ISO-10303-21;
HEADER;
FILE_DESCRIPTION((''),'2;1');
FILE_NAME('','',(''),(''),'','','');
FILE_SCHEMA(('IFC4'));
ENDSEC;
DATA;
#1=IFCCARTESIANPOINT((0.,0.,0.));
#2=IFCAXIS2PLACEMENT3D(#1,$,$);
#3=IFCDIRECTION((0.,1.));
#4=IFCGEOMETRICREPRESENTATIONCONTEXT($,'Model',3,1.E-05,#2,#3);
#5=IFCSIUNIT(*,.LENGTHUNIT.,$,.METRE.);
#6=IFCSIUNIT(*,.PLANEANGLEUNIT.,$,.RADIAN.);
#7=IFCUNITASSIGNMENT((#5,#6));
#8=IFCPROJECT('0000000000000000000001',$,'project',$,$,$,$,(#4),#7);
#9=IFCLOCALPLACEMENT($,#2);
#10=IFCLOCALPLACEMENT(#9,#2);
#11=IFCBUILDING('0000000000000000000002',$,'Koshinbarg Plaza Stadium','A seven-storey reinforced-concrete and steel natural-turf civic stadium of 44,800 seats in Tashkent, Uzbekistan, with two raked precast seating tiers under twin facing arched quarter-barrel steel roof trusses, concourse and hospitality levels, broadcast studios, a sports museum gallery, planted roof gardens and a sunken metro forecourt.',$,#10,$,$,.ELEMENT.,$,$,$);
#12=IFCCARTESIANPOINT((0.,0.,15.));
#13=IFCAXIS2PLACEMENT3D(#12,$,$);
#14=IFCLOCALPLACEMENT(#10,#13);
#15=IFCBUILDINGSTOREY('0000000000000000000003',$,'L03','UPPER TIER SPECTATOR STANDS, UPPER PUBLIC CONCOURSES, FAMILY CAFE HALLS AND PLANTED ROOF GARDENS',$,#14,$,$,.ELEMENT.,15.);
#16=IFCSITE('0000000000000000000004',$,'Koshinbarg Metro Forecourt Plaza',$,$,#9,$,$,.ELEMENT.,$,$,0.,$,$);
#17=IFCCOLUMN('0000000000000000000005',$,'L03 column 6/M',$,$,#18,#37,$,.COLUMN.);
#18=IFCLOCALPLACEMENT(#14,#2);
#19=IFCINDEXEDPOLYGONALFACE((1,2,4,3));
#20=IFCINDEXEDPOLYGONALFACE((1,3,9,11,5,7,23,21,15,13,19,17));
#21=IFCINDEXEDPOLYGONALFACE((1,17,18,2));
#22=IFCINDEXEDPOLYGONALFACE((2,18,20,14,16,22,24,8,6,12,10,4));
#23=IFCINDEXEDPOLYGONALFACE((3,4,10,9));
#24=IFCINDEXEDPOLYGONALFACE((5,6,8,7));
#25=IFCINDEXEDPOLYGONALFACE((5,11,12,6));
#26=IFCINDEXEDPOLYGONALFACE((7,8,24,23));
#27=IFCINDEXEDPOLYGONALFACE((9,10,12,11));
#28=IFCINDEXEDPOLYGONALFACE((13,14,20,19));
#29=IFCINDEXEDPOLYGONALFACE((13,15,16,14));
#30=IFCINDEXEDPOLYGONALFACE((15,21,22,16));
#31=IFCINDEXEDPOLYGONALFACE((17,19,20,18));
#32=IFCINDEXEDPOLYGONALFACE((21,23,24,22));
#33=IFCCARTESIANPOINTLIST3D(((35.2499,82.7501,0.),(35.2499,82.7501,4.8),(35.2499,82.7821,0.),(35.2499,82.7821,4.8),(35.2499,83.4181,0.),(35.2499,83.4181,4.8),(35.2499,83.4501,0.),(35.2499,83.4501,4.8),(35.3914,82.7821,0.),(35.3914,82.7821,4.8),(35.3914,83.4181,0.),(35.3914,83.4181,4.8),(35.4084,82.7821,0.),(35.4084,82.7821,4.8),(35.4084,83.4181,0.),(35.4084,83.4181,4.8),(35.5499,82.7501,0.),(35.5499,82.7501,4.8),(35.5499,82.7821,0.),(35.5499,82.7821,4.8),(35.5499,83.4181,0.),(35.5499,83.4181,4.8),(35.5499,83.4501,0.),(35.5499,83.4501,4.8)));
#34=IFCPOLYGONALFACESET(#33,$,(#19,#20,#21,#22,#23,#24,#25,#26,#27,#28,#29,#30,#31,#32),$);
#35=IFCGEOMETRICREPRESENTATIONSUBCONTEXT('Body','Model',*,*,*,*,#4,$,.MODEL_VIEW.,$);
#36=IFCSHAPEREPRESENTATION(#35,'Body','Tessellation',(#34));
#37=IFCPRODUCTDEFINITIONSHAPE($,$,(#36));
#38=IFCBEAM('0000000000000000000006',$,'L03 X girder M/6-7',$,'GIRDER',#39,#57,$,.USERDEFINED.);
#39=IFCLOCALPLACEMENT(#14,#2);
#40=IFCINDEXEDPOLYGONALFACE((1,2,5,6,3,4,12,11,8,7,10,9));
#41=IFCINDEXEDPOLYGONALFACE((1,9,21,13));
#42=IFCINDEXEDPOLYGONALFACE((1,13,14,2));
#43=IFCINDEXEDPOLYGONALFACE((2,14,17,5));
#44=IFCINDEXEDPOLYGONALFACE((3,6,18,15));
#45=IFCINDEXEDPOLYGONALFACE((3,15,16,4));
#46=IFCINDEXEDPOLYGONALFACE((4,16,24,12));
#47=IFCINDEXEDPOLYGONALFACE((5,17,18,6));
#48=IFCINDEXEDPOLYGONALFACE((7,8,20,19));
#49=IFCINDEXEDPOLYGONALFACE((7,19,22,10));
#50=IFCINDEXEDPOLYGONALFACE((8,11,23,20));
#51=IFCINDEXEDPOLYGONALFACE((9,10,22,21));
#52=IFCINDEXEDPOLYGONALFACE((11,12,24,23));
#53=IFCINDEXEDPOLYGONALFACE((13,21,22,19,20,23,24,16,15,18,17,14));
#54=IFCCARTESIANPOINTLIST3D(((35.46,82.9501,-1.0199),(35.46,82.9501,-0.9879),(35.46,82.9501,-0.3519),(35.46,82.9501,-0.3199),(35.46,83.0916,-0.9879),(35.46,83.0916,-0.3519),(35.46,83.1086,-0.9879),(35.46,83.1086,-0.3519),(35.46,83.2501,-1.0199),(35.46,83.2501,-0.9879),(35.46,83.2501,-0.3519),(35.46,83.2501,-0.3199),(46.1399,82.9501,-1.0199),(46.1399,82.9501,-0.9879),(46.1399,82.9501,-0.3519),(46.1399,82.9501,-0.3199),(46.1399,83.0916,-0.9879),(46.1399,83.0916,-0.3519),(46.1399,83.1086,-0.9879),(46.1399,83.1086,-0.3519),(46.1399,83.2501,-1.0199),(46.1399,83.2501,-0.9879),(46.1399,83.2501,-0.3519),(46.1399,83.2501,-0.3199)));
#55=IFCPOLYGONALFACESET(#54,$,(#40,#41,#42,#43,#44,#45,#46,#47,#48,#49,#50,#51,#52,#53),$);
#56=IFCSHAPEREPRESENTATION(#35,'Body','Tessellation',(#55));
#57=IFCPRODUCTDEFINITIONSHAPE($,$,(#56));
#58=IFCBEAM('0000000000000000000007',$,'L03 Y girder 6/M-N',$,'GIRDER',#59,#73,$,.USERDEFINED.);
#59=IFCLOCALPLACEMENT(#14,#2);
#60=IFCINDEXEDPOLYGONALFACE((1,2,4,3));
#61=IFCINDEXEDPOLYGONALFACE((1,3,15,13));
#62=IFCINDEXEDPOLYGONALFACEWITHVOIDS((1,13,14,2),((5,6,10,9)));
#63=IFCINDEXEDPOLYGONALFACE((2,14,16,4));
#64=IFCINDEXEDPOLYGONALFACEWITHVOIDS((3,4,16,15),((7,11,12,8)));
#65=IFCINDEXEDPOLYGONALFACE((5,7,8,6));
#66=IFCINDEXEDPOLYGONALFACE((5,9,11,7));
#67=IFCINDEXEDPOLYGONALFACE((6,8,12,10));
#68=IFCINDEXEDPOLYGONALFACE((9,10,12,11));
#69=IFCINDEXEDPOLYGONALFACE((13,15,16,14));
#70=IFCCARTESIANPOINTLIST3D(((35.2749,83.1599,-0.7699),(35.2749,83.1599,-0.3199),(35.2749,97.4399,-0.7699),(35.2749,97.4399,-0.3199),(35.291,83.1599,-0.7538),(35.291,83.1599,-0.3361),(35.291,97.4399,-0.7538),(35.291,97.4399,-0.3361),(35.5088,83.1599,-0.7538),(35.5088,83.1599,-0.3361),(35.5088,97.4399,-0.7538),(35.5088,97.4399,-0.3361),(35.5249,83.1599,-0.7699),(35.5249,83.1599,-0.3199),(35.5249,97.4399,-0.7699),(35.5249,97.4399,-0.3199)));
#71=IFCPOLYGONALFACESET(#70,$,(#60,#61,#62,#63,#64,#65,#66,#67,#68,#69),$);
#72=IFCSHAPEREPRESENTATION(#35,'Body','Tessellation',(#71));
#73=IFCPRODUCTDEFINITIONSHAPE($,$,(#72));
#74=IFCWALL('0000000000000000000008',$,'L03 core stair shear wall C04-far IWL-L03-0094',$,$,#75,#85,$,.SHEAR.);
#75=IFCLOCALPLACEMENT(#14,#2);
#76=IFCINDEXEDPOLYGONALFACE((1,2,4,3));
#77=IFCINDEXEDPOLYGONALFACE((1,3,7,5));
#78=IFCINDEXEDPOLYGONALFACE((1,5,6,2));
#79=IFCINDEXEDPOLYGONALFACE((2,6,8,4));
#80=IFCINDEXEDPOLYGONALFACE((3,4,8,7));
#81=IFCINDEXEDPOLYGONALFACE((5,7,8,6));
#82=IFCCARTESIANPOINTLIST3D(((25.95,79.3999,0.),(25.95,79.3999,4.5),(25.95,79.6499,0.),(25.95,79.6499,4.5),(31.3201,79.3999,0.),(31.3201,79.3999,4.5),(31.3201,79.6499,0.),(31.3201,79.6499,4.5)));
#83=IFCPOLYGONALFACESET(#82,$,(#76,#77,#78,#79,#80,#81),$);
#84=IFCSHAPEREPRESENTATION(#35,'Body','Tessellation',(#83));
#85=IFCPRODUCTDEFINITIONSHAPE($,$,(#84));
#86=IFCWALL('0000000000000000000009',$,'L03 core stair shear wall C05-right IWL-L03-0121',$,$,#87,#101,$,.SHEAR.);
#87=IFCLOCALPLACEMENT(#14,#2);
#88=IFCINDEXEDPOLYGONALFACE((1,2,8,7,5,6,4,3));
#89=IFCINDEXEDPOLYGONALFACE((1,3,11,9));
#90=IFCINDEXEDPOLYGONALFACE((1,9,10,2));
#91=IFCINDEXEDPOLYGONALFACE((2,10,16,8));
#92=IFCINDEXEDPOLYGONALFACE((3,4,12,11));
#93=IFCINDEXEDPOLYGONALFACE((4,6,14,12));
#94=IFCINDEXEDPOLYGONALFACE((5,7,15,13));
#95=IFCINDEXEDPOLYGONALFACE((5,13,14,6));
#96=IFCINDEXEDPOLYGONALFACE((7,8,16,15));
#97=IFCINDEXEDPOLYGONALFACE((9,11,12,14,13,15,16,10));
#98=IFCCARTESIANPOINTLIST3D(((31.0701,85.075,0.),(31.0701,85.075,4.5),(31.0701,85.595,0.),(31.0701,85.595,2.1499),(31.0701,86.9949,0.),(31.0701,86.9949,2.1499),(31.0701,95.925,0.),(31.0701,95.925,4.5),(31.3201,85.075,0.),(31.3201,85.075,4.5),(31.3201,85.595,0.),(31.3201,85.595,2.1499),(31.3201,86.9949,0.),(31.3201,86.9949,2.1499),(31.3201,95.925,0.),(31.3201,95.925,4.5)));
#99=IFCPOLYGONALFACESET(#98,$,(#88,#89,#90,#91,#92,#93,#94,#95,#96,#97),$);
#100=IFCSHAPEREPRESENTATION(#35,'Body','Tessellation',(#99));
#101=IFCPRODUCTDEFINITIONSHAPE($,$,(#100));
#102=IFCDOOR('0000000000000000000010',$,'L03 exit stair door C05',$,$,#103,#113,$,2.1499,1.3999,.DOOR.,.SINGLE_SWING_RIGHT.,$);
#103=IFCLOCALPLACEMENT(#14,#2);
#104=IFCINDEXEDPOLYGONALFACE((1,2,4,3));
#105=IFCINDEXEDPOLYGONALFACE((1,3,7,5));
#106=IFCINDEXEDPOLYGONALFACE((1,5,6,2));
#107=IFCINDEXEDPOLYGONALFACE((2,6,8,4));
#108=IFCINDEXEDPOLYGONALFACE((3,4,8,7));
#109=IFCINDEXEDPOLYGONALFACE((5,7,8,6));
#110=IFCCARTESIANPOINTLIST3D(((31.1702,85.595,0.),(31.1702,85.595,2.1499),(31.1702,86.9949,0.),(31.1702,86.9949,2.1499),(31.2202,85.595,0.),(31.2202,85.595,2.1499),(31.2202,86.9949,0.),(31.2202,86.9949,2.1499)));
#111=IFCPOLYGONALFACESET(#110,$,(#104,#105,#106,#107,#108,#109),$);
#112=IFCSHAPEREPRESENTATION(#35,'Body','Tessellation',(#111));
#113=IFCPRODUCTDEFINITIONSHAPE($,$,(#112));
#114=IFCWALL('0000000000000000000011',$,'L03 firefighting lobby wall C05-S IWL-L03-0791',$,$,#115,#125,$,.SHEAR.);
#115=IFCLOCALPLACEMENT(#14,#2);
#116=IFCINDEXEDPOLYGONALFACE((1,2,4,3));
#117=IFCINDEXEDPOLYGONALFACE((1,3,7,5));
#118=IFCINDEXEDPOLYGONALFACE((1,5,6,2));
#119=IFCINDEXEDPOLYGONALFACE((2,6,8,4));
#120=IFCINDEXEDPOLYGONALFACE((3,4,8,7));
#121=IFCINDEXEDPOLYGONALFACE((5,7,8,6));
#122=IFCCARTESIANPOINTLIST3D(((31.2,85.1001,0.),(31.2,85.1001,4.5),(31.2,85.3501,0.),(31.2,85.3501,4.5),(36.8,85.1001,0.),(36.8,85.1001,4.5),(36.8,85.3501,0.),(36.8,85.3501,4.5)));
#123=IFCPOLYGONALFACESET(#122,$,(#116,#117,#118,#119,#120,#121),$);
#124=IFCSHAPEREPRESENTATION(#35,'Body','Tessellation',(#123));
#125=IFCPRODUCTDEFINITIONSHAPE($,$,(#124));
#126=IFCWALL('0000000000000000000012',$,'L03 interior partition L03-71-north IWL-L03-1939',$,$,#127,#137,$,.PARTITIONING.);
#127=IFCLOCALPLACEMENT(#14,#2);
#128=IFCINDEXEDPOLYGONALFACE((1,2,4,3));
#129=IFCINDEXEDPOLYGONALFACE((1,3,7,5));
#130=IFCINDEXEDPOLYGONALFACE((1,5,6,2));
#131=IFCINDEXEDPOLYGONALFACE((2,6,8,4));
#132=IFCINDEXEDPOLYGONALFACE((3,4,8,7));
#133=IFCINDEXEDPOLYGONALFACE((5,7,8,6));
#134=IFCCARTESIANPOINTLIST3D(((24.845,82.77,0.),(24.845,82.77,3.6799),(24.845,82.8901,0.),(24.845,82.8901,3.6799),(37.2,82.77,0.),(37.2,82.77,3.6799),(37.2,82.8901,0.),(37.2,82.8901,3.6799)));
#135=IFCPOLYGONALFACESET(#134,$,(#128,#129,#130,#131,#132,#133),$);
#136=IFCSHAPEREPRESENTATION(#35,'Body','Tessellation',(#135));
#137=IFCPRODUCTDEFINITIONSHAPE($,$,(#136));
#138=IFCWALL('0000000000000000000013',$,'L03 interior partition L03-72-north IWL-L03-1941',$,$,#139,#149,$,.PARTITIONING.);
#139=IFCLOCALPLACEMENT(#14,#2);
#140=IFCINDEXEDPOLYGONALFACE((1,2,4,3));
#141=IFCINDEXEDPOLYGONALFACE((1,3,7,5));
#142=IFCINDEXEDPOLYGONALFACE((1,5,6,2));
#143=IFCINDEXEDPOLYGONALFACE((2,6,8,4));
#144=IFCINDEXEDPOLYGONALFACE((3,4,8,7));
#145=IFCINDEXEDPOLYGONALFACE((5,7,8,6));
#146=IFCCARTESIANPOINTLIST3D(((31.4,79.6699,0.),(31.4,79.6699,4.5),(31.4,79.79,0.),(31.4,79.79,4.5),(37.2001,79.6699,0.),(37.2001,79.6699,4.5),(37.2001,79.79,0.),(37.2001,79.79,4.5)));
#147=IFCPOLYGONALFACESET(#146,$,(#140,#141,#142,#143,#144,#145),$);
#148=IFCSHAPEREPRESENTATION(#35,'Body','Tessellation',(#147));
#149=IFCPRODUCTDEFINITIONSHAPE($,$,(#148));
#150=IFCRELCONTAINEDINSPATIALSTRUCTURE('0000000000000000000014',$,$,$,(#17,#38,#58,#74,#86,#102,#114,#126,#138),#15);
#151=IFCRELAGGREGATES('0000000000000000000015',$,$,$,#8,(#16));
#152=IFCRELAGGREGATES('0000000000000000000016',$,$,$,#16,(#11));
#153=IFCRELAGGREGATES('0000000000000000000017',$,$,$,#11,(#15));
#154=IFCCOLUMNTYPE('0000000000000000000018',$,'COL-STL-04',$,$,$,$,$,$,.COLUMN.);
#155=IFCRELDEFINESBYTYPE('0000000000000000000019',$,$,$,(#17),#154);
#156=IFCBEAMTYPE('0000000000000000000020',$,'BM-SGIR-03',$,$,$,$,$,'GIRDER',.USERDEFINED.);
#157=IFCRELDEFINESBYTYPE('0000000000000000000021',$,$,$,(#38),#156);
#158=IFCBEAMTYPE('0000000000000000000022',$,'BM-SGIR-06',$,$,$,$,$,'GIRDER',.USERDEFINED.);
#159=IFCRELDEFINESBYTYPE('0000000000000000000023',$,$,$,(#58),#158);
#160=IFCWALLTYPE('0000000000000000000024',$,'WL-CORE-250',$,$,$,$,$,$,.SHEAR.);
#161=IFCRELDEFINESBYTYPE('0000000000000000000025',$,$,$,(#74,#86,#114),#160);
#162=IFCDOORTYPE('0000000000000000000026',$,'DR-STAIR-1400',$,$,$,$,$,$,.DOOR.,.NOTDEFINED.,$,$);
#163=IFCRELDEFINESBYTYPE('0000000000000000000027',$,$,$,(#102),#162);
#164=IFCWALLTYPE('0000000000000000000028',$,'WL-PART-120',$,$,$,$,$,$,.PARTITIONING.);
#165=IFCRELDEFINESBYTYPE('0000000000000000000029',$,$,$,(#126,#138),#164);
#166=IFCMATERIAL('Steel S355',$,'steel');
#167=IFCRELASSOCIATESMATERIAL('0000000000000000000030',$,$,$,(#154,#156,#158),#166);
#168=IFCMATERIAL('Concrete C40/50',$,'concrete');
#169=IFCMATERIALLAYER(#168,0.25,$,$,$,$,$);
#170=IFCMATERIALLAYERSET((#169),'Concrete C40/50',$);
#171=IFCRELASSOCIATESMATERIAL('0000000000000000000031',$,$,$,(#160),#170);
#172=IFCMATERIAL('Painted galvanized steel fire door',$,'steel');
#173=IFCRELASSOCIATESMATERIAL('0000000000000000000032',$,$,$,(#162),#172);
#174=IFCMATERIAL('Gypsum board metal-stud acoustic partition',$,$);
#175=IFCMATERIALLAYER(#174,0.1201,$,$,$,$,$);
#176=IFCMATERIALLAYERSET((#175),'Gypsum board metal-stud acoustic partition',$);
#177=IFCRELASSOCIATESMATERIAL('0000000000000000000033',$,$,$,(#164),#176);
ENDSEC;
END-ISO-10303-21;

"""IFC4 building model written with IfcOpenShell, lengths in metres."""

from ifc_helpers import new_model, si_unit, direction, frame, frame_2d, origin, origin_2d, place, context, subcontext, project, spatial, rectangle, hollow_rectangle, i_section, extrude, material, layer, layer_set, material_profile, profile_set, type_object, element, fill, save


model = new_model("IFC4")

# Units and contexts
model_context = context("Model", 3, precision=1e-05, world=origin(), true_north=direction((0.0, 1.0)))
body_context = subcontext(model_context, "Body", "Model", "MODEL_VIEW")
ifc_project = project(units=[si_unit("LENGTHUNIT", "METRE"), si_unit("PLANEANGLEUNIT", "RADIAN")], contexts=[model_context])

# Site, building, storey
site_placement = place(None, origin())
site = spatial("IfcSite", under=ifc_project, at=site_placement, Name="Koshinbarg Metro Forecourt Plaza", CompositionType="ELEMENT", RefElevation=0.0)
building_placement = place(site_placement, origin())
building = spatial("IfcBuilding", under=site, at=building_placement, Name="Koshinbarg Plaza Stadium", Description="A seven-storey reinforced-concrete and steel natural-turf civic stadium of 44,800 seats in Tashkent, Uzbekistan, with two raked precast seating tiers under twin facing arched quarter-barrel steel roof trusses, concourse and hospitality levels, broadcast studios, a sports museum gallery, planted roof gardens and a sunken metro forecourt.", CompositionType="ELEMENT")
storey_placement = place(building_placement, frame((0.0, 0.0, 15.0)))
storey = spatial("IfcBuildingStorey", under=building, at=storey_placement, Name="L03", Description="UPPER TIER SPECTATOR STANDS, UPPER PUBLIC CONCOURSES, FAMILY CAFE HALLS AND PLANTED ROOF GARDENS", CompositionType="ELEMENT", Elevation=15.0)

# Column
ifc_material_1 = material(Name="Steel S355", Category="steel")
ifc_material_profile_1 = material_profile(ifc_material_1, i_section(OverallWidth=0.3, OverallDepth=0.7, WebThickness=0.0171, FlangeThickness=0.032, at=origin_2d()), Name="HEB 700")
ifc_profile_set_1 = profile_set([ifc_material_profile_1], Name="Steel S355")
column_type = type_object("IfcColumnType", Name="COL-STL-04", PredefinedType="COLUMN", material=ifc_profile_set_1)
column_placement = place(storey_placement, frame((35.3999, 83.1001, 0.0), z_axis=(0.0, 0.0, 1.0), x_axis=(1.0, 0.0, 0.0)))
element("IfcColumn", 1, at=column_placement, inside=storey, type_object=column_type, Name="L03 column 6/M", PredefinedType="COLUMN", context=body_context, shape_type="SweptSolid", body=[
    extrude(i_section(OverallWidth=0.3, OverallDepth=0.7, WebThickness=0.0171, FlangeThickness=0.032, at=origin_2d()), origin(), (0.0, 0.0, 1.0), 4.8),
])

# Beams
ifc_material_profile_2 = material_profile(ifc_material_1, i_section(OverallWidth=0.3, OverallDepth=0.7, WebThickness=0.0171, FlangeThickness=0.032, at=origin_2d()), Name="HEB 700")
ifc_profile_set_2 = profile_set([ifc_material_profile_2], Name="Steel S355")
beam_type_1 = type_object("IfcBeamType", Name="BM-SGIR-03", ElementType="GIRDER", PredefinedType="USERDEFINED", material=ifc_profile_set_2)
beam_1_placement = place(storey_placement, frame((35.46, 83.1001, -0.6699), z_axis=(1.0, 0.0, 0.0), x_axis=(0.0, 1.0, 0.0)))
element("IfcBeam", 2, at=beam_1_placement, inside=storey, type_object=beam_type_1, Name="L03 X girder M/6-7", ObjectType="GIRDER", PredefinedType="USERDEFINED", context=body_context, shape_type="SweptSolid", body=[
    extrude(i_section(OverallWidth=0.3, OverallDepth=0.7, WebThickness=0.0171, FlangeThickness=0.032, at=origin_2d()), origin(), (0.0, 0.0, 1.0), 10.6799),
])
ifc_material_profile_3 = material_profile(ifc_material_1, hollow_rectangle(XDim=0.25, YDim=0.45, WallThickness=0.0161, at=origin_2d()), Name="RHS 450x250x16")
ifc_profile_set_3 = profile_set([ifc_material_profile_3], Name="Steel S355")
beam_type_2 = type_object("IfcBeamType", Name="BM-SGIR-06", ElementType="GIRDER", PredefinedType="USERDEFINED", material=ifc_profile_set_3)
beam_2_placement = place(storey_placement, frame((35.3999, 83.1599, -0.5449), z_axis=(0.0, 1.0, 0.0), x_axis=(-1.0, 0.0, 0.0)))
element("IfcBeam", 3, at=beam_2_placement, inside=storey, type_object=beam_type_2, Name="L03 Y girder 6/M-N", ObjectType="GIRDER", PredefinedType="USERDEFINED", context=body_context, shape_type="SweptSolid", body=[
    extrude(hollow_rectangle(XDim=0.25, YDim=0.45, WallThickness=0.0161, at=origin_2d()), origin(), (0.0, 0.0, 1.0), 14.28),
])

# Wall
ifc_material_2 = material(Name="Concrete C40/50", Category="concrete")
ifc_layer_1 = layer(ifc_material_2, 0.25)
ifc_layer_set_1 = layer_set([ifc_layer_1], Name="Concrete C40/50")
wall_type_1 = type_object("IfcWallType", Name="WL-CORE-250", PredefinedType="SHEAR", material=ifc_layer_set_1)
wall_1_placement = place(storey_placement, frame((31.3201, 79.5249, 0.0), z_axis=(0.0, 0.0, 1.0), x_axis=(-1.0, 0.0, 0.0)))
element("IfcWall", 4, at=wall_1_placement, inside=storey, type_object=wall_type_1, Name="L03 core stair shear wall C04-far IWL-L03-0094", PredefinedType="SHEAR", context=body_context, shape_type="SweptSolid", body=[
    extrude(rectangle(XDim=5.3701, YDim=0.25, at=frame_2d((2.6851, 0.0))), origin(), (0.0, 0.0, 1.0), 4.5),
])

# Wall, opening, door
wall_2_placement = place(storey_placement, frame((31.1951, 85.075, 0.0), z_axis=(0.0, 0.0, 1.0), x_axis=(0.0, 1.0, 0.0)))
wall_2 = element("IfcWall", 5, at=wall_2_placement, inside=storey, type_object=wall_type_1, Name="L03 core stair shear wall C05-right IWL-L03-0121", PredefinedType="SHEAR", context=body_context, shape_type="SweptSolid", body=[
    extrude(rectangle(XDim=10.8501, YDim=0.25, at=frame_2d((5.425, 0.0))), origin(), (0.0, 0.0, 1.0), 4.5),
])
opening_1_placement = place(wall_2_placement, frame((0.52, 0.0, 0.0)))
opening_1 = element("IfcOpeningElement", 6, at=opening_1_placement, cuts=wall_2, PredefinedType="OPENING", context=body_context, shape_type="SweptSolid", body=[
    extrude(rectangle(XDim=1.3999, YDim=2.1499, at=frame_2d((0.7, 1.075))), frame((0.0, 0.135, 0.0), z_axis=(0.0, -1.0, 0.0), x_axis=(1.0, 0.0, 0.0)), (0.0, 0.0, 1.0), 0.27),
])
ifc_material_3 = material(Name="Painted galvanized steel fire door", Category="steel")
door_type_1 = type_object("IfcDoorType", Name="DR-STAIR-1400", OperationType="NOTDEFINED", PredefinedType="DOOR", material=ifc_material_3)
door_1_placement = place(opening_1_placement, origin())
door_1 = element("IfcDoor", 7, at=door_1_placement, inside=storey, type_object=door_type_1, Name="L03 exit stair door C05", OperationType="SINGLE_SWING_RIGHT", OverallHeight=2.1499, OverallWidth=1.3999, PredefinedType="DOOR", context=body_context, shape_type="SweptSolid", body=[
    extrude(rectangle(XDim=1.3999, YDim=2.1499, at=frame_2d((0.7, 1.075))), frame((0.0, 0.0249, 0.0), z_axis=(0.0, -1.0, 0.0), x_axis=(1.0, 0.0, 0.0)), (0.0, 0.0, 1.0), 0.05),
])
fill(opening_1, door_1)

# Wall
wall_3_placement = place(storey_placement, frame((31.2, 85.2251, 0.0), z_axis=(0.0, 0.0, 1.0), x_axis=(1.0, 0.0, 0.0)))
element("IfcWall", 8, at=wall_3_placement, inside=storey, type_object=wall_type_1, Name="L03 firefighting lobby wall C05-S IWL-L03-0791", PredefinedType="SHEAR", context=body_context, shape_type="SweptSolid", body=[
    extrude(rectangle(XDim=5.6001, YDim=0.25, at=frame_2d((2.8, 0.0))), origin(), (0.0, 0.0, 1.0), 4.5),
])

# Shared definitions
ifc_material_4 = material(Name="Gypsum board metal-stud acoustic partition")
ifc_layer_2 = layer(ifc_material_4, 0.1201)
ifc_layer_set_2 = layer_set([ifc_layer_2], Name="Gypsum board metal-stud acoustic partition")
wall_type_2 = type_object("IfcWallType", Name="WL-PART-120", PredefinedType="PARTITIONING", material=ifc_layer_set_2)

# Walls
wall_4_placement = place(storey_placement, frame((37.2, 82.8301, 0.0), z_axis=(0.0, 0.0, 1.0), x_axis=(-1.0, 0.0, 0.0)))
element("IfcWall", 9, at=wall_4_placement, inside=storey, type_object=wall_type_2, Name="L03 interior partition L03-71-north IWL-L03-1939", PredefinedType="PARTITIONING", context=body_context, shape_type="SweptSolid", body=[
    extrude(rectangle(XDim=12.355, YDim=0.1201, at=frame_2d((6.1775, 0.0))), origin(), (0.0, 0.0, 1.0), 3.6799),
])
wall_5_placement = place(storey_placement, frame((37.2, 79.73, 0.0), z_axis=(0.0, 0.0, 1.0), x_axis=(-1.0, 0.0, 0.0)))
element("IfcWall", 10, at=wall_5_placement, inside=storey, type_object=wall_type_2, Name="L03 interior partition L03-72-north IWL-L03-1941", PredefinedType="PARTITIONING", context=body_context, shape_type="SweptSolid", body=[
    extrude(rectangle(XDim=5.8, YDim=0.1201, at=frame_2d((2.8999, 0.0))), origin(), (0.0, 0.0, 1.0), 4.5),
])

save(model, "model.ifc")
